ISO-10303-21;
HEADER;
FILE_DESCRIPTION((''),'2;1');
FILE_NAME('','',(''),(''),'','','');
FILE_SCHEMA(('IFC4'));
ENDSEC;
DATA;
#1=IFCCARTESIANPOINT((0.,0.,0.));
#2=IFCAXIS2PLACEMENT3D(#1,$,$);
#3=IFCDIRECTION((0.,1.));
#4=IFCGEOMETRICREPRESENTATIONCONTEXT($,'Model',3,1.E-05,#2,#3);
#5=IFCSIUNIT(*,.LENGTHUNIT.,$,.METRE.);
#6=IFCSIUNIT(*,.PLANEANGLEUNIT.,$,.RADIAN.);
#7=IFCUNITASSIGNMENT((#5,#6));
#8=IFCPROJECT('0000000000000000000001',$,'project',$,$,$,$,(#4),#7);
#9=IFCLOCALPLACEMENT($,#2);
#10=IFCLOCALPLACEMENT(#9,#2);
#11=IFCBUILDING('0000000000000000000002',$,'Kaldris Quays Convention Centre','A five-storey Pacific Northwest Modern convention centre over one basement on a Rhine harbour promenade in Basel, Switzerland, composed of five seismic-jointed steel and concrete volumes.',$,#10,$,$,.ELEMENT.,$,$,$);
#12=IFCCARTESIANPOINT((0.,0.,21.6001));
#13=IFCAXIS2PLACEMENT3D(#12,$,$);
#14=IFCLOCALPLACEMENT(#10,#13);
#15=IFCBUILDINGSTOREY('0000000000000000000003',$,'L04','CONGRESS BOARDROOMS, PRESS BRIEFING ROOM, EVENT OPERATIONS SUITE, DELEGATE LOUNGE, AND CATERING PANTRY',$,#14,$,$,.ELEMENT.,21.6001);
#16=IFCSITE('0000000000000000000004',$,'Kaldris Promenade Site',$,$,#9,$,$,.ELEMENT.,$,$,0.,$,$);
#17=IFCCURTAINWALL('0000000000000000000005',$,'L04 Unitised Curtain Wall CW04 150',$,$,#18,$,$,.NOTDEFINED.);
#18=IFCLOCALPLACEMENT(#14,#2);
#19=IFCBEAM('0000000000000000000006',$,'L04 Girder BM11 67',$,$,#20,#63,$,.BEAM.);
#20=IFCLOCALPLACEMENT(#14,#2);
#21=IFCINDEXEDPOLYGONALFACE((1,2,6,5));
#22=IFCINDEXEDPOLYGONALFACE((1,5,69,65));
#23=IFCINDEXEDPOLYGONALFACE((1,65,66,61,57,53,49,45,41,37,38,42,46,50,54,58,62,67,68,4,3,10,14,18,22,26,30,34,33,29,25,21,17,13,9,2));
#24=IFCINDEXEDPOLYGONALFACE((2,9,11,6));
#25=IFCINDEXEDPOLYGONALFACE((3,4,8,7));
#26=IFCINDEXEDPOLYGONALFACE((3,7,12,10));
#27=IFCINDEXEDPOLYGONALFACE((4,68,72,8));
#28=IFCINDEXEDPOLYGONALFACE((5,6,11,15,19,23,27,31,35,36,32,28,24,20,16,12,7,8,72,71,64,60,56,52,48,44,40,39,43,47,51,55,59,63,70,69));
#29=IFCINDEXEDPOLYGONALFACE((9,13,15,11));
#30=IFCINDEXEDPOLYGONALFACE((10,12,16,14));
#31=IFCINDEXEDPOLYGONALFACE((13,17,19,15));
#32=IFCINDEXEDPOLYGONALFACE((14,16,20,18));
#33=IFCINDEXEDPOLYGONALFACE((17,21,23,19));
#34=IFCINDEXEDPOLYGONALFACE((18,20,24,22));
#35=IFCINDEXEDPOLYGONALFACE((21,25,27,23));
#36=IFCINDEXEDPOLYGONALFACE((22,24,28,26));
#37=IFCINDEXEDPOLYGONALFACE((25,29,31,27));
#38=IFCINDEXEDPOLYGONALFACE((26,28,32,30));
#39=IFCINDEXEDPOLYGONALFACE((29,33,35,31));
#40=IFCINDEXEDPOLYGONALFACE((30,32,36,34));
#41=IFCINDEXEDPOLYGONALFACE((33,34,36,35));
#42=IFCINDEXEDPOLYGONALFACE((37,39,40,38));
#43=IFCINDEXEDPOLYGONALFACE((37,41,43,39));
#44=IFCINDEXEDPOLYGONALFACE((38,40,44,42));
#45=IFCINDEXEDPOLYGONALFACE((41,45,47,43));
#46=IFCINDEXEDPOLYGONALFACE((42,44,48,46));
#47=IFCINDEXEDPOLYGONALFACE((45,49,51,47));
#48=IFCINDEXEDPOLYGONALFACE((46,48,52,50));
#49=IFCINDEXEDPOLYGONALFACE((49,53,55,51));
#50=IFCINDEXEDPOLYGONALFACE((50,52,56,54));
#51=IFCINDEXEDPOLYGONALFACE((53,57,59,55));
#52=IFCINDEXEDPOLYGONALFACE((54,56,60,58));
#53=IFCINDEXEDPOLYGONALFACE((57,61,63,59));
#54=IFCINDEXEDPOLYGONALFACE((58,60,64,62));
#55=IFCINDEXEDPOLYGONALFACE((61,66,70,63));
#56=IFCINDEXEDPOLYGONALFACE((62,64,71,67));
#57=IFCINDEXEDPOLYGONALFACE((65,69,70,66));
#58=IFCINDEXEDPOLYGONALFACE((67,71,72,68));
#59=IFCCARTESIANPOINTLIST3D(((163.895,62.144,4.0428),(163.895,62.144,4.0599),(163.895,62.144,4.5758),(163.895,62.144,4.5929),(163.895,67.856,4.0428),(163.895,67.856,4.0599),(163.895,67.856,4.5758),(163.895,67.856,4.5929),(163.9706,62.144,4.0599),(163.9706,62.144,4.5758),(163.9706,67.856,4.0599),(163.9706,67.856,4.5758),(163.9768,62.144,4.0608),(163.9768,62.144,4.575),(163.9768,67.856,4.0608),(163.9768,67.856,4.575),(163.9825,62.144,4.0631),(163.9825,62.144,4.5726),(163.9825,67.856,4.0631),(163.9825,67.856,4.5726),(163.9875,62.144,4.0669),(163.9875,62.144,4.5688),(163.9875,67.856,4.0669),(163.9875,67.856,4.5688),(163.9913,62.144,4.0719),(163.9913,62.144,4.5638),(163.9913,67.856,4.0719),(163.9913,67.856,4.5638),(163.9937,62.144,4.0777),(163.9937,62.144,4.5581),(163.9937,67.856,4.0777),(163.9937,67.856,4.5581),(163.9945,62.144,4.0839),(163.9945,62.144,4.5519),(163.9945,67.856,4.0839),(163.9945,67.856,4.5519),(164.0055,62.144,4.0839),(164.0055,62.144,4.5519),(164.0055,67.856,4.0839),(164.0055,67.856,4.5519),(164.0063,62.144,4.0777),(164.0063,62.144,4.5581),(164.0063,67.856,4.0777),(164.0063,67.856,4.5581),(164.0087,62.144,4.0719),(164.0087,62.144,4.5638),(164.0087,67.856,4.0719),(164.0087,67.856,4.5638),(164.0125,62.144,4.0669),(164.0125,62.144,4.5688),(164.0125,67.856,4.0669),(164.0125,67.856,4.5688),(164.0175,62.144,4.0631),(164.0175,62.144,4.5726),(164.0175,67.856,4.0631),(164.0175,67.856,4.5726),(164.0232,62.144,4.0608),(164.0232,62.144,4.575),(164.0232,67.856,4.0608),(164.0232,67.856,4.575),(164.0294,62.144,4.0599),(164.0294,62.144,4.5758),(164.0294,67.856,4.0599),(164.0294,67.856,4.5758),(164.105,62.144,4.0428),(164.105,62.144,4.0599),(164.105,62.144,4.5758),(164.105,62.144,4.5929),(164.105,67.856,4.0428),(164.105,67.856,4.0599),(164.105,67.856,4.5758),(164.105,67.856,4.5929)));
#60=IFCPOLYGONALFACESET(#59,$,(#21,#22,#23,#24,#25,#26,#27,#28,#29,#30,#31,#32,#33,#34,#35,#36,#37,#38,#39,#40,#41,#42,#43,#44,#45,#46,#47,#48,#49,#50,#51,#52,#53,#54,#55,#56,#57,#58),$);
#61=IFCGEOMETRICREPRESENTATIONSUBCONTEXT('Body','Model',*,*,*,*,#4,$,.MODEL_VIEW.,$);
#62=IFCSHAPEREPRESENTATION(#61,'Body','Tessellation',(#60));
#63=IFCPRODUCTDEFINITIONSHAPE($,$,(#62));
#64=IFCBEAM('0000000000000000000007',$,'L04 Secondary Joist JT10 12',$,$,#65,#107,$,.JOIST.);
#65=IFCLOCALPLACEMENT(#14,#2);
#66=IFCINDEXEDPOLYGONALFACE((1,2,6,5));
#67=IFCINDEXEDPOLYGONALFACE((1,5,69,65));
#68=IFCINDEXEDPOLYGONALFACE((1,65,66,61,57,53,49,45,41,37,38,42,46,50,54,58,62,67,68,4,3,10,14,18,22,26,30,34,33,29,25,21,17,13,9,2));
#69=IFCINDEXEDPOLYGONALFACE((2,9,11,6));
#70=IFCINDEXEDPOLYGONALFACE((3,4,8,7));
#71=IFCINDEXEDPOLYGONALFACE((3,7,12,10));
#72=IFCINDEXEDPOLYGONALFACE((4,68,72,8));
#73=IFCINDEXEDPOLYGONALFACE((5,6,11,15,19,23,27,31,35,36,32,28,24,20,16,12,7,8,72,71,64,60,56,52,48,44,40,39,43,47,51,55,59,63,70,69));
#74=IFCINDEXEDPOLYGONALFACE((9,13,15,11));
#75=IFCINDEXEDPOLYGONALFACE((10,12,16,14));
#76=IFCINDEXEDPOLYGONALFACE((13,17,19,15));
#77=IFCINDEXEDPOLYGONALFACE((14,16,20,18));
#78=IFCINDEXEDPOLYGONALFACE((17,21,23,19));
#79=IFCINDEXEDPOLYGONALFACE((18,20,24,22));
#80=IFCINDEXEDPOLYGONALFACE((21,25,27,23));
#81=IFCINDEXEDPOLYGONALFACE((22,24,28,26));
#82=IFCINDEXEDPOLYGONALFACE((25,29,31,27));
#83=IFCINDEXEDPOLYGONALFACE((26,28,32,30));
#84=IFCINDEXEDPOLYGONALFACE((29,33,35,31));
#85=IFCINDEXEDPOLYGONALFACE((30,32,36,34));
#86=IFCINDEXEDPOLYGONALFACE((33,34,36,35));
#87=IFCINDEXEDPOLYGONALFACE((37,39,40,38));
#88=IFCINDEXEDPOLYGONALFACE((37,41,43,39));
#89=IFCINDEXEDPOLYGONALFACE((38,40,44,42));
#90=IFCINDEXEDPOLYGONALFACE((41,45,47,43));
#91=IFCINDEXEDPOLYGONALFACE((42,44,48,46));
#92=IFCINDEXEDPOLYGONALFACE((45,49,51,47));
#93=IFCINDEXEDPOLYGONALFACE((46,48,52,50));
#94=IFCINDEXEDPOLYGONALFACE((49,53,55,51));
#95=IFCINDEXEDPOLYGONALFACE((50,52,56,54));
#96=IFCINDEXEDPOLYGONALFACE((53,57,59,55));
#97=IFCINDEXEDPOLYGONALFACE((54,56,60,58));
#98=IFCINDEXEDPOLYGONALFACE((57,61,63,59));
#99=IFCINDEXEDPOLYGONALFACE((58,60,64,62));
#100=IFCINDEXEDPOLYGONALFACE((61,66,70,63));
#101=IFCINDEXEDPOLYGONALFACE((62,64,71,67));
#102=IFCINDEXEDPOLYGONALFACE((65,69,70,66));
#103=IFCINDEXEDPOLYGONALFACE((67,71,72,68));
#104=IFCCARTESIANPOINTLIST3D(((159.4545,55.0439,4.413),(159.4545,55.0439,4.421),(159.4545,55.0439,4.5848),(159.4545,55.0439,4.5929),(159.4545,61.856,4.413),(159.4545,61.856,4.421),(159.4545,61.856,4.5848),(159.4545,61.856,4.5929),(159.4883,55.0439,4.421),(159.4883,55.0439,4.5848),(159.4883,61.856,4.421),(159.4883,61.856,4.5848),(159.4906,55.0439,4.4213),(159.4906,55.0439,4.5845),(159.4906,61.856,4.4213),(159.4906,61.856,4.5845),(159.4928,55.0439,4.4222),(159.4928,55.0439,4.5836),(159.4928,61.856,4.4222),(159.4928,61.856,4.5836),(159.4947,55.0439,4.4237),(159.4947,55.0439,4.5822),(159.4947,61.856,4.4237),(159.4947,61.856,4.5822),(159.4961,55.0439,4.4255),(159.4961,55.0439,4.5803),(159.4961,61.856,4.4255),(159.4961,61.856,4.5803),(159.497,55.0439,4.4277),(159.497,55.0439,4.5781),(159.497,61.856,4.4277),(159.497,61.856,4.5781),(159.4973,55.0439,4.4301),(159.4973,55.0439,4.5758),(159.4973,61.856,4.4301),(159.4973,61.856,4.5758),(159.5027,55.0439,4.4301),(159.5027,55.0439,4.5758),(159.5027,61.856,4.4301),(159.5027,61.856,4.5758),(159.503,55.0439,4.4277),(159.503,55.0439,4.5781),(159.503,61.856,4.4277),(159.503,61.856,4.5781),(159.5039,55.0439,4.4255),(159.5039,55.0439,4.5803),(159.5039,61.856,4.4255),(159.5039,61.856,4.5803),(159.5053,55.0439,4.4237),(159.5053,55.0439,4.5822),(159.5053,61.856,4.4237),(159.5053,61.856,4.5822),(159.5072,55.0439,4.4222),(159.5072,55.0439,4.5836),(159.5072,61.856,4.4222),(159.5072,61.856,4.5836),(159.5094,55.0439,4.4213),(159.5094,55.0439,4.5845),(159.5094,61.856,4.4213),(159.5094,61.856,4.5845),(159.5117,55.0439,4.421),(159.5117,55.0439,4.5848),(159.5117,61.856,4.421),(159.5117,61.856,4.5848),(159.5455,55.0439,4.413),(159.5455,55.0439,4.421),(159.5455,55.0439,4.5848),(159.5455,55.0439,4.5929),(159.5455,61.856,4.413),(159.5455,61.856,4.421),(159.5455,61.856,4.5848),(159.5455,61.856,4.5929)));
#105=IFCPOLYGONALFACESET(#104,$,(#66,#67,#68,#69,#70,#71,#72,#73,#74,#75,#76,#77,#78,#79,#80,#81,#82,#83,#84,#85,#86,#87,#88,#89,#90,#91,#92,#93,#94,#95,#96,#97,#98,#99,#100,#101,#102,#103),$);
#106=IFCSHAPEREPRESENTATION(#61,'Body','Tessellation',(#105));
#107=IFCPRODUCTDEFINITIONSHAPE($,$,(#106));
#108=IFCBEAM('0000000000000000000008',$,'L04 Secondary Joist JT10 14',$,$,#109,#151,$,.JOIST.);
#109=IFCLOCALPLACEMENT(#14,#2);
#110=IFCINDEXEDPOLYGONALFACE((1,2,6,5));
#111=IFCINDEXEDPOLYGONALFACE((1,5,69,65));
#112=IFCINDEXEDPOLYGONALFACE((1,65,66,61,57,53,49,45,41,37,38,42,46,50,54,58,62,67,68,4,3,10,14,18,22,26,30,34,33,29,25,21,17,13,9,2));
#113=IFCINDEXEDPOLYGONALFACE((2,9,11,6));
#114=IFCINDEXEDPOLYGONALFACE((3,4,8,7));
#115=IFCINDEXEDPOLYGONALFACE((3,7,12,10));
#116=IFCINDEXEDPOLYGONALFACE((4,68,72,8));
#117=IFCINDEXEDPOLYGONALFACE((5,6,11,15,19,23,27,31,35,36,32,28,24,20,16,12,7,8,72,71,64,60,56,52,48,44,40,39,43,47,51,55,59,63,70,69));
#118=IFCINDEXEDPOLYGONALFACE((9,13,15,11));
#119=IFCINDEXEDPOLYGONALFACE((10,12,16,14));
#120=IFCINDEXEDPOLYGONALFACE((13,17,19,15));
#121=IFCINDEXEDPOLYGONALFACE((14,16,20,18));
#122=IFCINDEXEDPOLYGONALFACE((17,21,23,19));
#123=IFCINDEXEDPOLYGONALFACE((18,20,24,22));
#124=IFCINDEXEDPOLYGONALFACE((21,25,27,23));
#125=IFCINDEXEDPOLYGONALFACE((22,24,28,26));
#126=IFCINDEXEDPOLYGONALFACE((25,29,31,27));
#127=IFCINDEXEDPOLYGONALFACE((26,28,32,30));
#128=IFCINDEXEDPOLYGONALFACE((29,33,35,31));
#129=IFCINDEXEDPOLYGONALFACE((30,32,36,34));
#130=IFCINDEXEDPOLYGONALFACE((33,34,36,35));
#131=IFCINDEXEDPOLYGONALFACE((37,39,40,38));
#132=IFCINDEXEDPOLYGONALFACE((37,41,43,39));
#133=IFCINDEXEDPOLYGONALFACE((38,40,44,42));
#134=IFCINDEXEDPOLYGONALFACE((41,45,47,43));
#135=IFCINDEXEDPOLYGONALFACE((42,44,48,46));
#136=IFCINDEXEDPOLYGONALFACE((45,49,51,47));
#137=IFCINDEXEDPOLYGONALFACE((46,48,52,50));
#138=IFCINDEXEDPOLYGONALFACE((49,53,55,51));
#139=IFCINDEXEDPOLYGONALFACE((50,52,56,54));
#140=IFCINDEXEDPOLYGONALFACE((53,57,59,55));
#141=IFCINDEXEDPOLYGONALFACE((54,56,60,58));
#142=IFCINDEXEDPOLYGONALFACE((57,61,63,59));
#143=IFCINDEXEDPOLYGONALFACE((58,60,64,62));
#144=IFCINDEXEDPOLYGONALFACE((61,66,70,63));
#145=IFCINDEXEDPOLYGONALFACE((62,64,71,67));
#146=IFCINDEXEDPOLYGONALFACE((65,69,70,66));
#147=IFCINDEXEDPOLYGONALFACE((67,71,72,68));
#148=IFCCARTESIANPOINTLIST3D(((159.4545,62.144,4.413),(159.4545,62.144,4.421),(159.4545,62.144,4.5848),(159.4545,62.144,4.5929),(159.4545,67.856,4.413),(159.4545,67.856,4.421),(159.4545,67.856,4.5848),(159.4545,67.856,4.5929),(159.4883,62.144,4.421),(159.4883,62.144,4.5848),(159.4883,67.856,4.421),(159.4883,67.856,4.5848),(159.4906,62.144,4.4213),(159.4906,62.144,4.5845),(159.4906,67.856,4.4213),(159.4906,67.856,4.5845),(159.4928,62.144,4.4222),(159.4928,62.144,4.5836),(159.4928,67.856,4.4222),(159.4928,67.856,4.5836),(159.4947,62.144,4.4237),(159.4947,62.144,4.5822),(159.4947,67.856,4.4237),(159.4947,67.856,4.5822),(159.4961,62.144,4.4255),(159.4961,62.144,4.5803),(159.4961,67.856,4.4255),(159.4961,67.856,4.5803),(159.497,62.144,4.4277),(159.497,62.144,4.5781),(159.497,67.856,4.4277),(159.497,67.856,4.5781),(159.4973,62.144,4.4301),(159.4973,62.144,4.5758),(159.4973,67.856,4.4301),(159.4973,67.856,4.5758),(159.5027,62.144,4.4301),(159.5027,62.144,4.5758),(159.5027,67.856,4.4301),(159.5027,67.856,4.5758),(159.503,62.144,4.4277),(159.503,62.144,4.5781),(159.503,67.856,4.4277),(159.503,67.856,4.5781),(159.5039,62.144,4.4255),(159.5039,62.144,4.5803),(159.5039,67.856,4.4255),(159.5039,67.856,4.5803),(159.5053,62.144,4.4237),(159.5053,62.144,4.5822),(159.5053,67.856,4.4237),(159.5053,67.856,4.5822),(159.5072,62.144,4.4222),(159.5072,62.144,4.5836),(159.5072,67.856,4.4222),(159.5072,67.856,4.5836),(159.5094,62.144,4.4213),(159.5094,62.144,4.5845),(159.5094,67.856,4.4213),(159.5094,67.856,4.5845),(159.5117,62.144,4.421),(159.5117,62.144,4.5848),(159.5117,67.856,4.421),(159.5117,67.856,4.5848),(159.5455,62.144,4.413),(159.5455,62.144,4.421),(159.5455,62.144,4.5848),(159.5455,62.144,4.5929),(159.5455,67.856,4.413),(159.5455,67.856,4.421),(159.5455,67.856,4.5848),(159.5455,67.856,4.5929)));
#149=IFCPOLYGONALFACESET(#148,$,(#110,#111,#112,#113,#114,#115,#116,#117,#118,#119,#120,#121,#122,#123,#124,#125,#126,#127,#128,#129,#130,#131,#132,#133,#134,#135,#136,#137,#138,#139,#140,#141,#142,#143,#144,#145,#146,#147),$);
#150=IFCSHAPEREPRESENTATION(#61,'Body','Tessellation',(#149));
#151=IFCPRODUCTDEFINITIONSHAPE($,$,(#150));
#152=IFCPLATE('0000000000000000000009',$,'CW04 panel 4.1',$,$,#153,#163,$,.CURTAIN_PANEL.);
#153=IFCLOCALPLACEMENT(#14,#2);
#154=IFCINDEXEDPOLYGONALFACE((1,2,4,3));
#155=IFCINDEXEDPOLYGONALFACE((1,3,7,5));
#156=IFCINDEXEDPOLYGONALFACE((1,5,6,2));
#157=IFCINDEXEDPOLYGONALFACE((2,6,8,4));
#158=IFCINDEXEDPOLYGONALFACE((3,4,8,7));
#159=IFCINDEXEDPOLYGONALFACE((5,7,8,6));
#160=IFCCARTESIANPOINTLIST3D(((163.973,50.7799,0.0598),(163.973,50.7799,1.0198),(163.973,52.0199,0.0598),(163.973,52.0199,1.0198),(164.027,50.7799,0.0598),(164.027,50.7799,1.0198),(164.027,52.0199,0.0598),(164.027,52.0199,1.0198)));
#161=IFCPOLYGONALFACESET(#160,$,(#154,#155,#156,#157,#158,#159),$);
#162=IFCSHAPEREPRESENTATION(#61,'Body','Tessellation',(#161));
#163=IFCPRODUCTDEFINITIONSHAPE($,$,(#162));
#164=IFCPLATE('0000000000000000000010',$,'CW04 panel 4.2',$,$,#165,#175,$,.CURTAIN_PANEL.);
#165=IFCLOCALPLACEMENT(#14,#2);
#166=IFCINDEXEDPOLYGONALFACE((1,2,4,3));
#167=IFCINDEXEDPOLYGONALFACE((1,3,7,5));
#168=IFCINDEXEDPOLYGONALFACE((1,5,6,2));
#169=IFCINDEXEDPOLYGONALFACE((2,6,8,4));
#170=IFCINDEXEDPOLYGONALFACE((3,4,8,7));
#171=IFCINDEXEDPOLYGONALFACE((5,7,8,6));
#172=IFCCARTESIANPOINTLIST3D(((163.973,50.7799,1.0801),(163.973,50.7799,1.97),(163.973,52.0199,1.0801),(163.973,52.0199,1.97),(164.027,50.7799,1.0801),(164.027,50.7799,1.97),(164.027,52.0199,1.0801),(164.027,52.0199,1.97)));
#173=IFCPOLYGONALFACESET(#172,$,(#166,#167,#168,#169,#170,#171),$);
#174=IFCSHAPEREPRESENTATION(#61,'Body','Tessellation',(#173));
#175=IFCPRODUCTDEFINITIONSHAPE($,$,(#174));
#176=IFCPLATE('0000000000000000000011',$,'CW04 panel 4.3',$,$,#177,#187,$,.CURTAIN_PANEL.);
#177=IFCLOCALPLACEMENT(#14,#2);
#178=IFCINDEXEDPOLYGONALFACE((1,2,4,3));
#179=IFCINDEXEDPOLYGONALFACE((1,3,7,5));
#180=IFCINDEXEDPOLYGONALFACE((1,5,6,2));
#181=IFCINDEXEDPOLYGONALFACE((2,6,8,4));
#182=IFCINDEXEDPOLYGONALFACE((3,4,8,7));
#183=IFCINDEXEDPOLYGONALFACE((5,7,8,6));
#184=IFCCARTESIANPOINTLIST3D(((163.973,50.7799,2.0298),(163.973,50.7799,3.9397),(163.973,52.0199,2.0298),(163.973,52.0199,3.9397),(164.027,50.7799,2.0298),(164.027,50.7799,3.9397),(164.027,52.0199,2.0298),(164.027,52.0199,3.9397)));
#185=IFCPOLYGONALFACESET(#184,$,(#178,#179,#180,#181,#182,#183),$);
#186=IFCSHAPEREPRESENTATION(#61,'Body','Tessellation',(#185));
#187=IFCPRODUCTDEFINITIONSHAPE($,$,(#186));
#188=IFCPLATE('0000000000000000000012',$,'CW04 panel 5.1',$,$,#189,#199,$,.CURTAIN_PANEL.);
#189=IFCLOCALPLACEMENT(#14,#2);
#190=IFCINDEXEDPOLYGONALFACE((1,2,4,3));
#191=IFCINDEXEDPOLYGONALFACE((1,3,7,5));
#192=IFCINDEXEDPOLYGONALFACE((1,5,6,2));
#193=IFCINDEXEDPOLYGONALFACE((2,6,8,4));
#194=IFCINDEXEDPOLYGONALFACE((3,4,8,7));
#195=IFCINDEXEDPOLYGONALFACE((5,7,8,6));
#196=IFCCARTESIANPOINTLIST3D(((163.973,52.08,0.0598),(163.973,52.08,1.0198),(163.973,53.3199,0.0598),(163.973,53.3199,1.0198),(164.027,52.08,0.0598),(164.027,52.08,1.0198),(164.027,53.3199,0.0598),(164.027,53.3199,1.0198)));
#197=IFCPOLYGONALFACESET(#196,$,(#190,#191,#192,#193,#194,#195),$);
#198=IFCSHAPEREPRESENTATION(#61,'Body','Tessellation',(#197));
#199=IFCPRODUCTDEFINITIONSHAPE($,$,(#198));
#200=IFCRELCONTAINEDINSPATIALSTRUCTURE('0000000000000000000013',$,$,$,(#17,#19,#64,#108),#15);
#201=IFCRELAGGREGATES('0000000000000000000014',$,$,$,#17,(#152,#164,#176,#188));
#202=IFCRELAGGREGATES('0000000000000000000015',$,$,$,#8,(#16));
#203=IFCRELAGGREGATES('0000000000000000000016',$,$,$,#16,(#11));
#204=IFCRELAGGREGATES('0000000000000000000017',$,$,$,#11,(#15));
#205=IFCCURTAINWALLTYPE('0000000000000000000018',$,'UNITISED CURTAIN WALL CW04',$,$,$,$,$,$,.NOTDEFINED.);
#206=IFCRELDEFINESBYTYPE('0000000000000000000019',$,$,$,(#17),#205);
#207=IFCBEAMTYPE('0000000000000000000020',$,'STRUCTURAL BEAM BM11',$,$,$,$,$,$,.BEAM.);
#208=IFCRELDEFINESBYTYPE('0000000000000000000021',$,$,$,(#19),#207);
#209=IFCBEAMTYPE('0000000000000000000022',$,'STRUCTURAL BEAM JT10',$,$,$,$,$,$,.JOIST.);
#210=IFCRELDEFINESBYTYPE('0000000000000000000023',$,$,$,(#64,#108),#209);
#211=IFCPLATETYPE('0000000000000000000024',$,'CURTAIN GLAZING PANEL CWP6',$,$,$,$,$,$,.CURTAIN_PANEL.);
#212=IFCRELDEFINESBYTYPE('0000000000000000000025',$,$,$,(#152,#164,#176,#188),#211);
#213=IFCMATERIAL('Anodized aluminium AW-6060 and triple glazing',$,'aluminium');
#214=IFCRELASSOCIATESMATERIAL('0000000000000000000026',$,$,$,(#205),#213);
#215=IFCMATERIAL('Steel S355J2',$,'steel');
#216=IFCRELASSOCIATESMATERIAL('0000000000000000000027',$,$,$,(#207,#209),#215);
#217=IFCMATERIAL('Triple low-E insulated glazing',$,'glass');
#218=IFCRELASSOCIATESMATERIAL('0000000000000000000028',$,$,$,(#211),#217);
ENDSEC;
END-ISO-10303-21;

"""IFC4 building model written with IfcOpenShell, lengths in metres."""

from ifc_helpers import new_model, si_unit, direction, frame, origin, origin_2d, place, context, subcontext, project, spatial, rectangle, i_section, extrude, material, material_profile, profile_set, type_object, element, aggregate, save


model = new_model("IFC4")

# Units and contexts
model_context = context("Model", 3, precision=1e-05, world=origin(), true_north=direction((0.0, 1.0)))
body_context = subcontext(model_context, "Body", "Model", "MODEL_VIEW")
ifc_project = project(units=[si_unit("LENGTHUNIT", "METRE"), si_unit("PLANEANGLEUNIT", "RADIAN")], contexts=[model_context])

# Site, building, storey
site_placement = place(None, origin())
site = spatial("IfcSite", under=ifc_project, at=site_placement, Name="Kaldris Promenade Site", CompositionType="ELEMENT", RefElevation=0.0)
building_placement = place(site_placement, origin())
building = spatial("IfcBuilding", under=site, at=building_placement, Name="Kaldris Quays Convention Centre", Description="A five-storey Pacific Northwest Modern convention centre over one basement on a Rhine harbour promenade in Basel, Switzerland, composed of five seismic-jointed steel and concrete volumes.", CompositionType="ELEMENT")
storey_placement = place(building_placement, frame((0.0, 0.0, 21.6001)))
storey = spatial("IfcBuildingStorey", under=building, at=storey_placement, Name="L04", Description="CONGRESS BOARDROOMS, PRESS BRIEFING ROOM, EVENT OPERATIONS SUITE, DELEGATE LOUNGE, AND CATERING PANTRY", CompositionType="ELEMENT", Elevation=21.6001)

# Shared definitions
ifc_material_1 = material(Name="Steel S355J2", Category="steel")

# Curtain wall
ifc_material_2 = material(Name="Anodized aluminium AW-6060 and triple glazing", Category="aluminium")
curtain_wall_type = type_object("IfcCurtainWallType", Name="UNITISED CURTAIN WALL CW04", PredefinedType="NOTDEFINED", material=ifc_material_2)
curtain_wall_placement = place(storey_placement, origin())
curtain_wall = element("IfcCurtainWall", 1, at=curtain_wall_placement, inside=storey, type_object=curtain_wall_type, Name="L04 Unitised Curtain Wall CW04 150", PredefinedType="NOTDEFINED")

# Beams
ifc_material_profile_1 = material_profile(ifc_material_1, i_section(OverallWidth=0.21, OverallDepth=0.55, WebThickness=0.011, FlangeThickness=0.0171, FilletRadius=0.0239, at=origin_2d()), Name="IPE 550")
ifc_profile_set_1 = profile_set([ifc_material_profile_1], Name="Steel S355J2")
beam_type_1 = type_object("IfcBeamType", Name="STRUCTURAL BEAM BM11", PredefinedType="BEAM", material=ifc_profile_set_1)
beam_1_placement = place(storey_placement, frame((164.0, 62.144, 4.3179), z_axis=(0.0, 1.0, 0.0), x_axis=(-1.0, 0.0, 0.0)))
element("IfcBeam", 2, at=beam_1_placement, inside=storey, type_object=beam_type_1, Name="L04 Girder BM11 67", PredefinedType="BEAM", context=body_context, shape_type="SweptSolid", body=[
    extrude(i_section(OverallWidth=0.21, OverallDepth=0.55, WebThickness=0.011, FlangeThickness=0.0171, FilletRadius=0.0239, at=origin_2d()), origin(), (0.0, 0.0, 1.0), 5.7119),
])
ifc_material_profile_2 = material_profile(ifc_material_1, i_section(OverallWidth=0.0911, OverallDepth=0.1799, WebThickness=0.0054, FlangeThickness=0.0081, FilletRadius=0.009, at=origin_2d()), Name="IPE 180")
ifc_profile_set_2 = profile_set([ifc_material_profile_2], Name="Steel S355J2")
beam_type_2 = type_object("IfcBeamType", Name="STRUCTURAL BEAM JT10", PredefinedType="JOIST", material=ifc_profile_set_2)
beam_2_placement = place(storey_placement, frame((159.5, 55.0439, 4.5029), z_axis=(0.0, 1.0, 0.0), x_axis=(-1.0, 0.0, 0.0)))
element("IfcBeam", 3, at=beam_2_placement, inside=storey, type_object=beam_type_2, Name="L04 Secondary Joist JT10 12", PredefinedType="JOIST", context=body_context, shape_type="SweptSolid", body=[
    extrude(i_section(OverallWidth=0.0911, OverallDepth=0.1799, WebThickness=0.0054, FlangeThickness=0.0081, FilletRadius=0.009, at=origin_2d()), origin(), (0.0, 0.0, 1.0), 6.812),
])
beam_3_placement = place(storey_placement, frame((159.5, 62.144, 4.5029), z_axis=(0.0, 1.0, 0.0), x_axis=(-1.0, 0.0, 0.0)))
element("IfcBeam", 4, at=beam_3_placement, inside=storey, type_object=beam_type_2, Name="L04 Secondary Joist JT10 14", PredefinedType="JOIST", context=body_context, shape_type="SweptSolid", body=[
    extrude(i_section(OverallWidth=0.0911, OverallDepth=0.1799, WebThickness=0.0054, FlangeThickness=0.0081, FilletRadius=0.009, at=origin_2d()), origin(), (0.0, 0.0, 1.0), 5.7119),
])

# Plates
ifc_material_3 = material(Name="Triple low-E insulated glazing", Category="glass")
plate_type = type_object("IfcPlateType", Name="CURTAIN GLAZING PANEL CWP6", PredefinedType="CURTAIN_PANEL", material=ifc_material_3)
plate_1_placement = place(storey_placement, frame((164.0, 51.3999, 0.0598), z_axis=(0.0, 0.0, 1.0), x_axis=(0.0, 1.0, 0.0)))
plate_1 = element("IfcPlate", 5, at=plate_1_placement, type_object=plate_type, Name="CW04 panel 4.1", PredefinedType="CURTAIN_PANEL", context=body_context, shape_type="SweptSolid", body=[
    extrude(rectangle(XDim=1.24, YDim=0.054, at=origin_2d()), origin(), (0.0, 0.0, 1.0), 0.96),
])
plate_2_placement = place(storey_placement, frame((164.0, 51.3999, 1.0801), z_axis=(0.0, 0.0, 1.0), x_axis=(0.0, 1.0, 0.0)))
plate_2 = element("IfcPlate", 6, at=plate_2_placement, type_object=plate_type, Name="CW04 panel 4.2", PredefinedType="CURTAIN_PANEL", context=body_context, shape_type="SweptSolid", body=[
    extrude(rectangle(XDim=1.24, YDim=0.054, at=origin_2d()), origin(), (0.0, 0.0, 1.0), 0.8899),
])
plate_3_placement = place(storey_placement, frame((164.0, 51.3999, 2.0298), z_axis=(0.0, 0.0, 1.0), x_axis=(0.0, 1.0, 0.0)))
plate_3 = element("IfcPlate", 7, at=plate_3_placement, type_object=plate_type, Name="CW04 panel 4.3", PredefinedType="CURTAIN_PANEL", context=body_context, shape_type="SweptSolid", body=[
    extrude(rectangle(XDim=1.24, YDim=0.054, at=origin_2d()), origin(), (0.0, 0.0, 1.0), 1.9099),
])
plate_4_placement = place(storey_placement, frame((164.0, 52.7, 0.0598), z_axis=(0.0, 0.0, 1.0), x_axis=(0.0, 1.0, 0.0)))
plate_4 = element("IfcPlate", 8, at=plate_4_placement, type_object=plate_type, Name="CW04 panel 5.1", PredefinedType="CURTAIN_PANEL", context=body_context, shape_type="SweptSolid", body=[
    extrude(rectangle(XDim=1.24, YDim=0.054, at=origin_2d()), origin(), (0.0, 0.0, 1.0), 0.96),
])
aggregate(curtain_wall, [plate_1, plate_2, plate_3, plate_4])

save(model, "model.ifc")
